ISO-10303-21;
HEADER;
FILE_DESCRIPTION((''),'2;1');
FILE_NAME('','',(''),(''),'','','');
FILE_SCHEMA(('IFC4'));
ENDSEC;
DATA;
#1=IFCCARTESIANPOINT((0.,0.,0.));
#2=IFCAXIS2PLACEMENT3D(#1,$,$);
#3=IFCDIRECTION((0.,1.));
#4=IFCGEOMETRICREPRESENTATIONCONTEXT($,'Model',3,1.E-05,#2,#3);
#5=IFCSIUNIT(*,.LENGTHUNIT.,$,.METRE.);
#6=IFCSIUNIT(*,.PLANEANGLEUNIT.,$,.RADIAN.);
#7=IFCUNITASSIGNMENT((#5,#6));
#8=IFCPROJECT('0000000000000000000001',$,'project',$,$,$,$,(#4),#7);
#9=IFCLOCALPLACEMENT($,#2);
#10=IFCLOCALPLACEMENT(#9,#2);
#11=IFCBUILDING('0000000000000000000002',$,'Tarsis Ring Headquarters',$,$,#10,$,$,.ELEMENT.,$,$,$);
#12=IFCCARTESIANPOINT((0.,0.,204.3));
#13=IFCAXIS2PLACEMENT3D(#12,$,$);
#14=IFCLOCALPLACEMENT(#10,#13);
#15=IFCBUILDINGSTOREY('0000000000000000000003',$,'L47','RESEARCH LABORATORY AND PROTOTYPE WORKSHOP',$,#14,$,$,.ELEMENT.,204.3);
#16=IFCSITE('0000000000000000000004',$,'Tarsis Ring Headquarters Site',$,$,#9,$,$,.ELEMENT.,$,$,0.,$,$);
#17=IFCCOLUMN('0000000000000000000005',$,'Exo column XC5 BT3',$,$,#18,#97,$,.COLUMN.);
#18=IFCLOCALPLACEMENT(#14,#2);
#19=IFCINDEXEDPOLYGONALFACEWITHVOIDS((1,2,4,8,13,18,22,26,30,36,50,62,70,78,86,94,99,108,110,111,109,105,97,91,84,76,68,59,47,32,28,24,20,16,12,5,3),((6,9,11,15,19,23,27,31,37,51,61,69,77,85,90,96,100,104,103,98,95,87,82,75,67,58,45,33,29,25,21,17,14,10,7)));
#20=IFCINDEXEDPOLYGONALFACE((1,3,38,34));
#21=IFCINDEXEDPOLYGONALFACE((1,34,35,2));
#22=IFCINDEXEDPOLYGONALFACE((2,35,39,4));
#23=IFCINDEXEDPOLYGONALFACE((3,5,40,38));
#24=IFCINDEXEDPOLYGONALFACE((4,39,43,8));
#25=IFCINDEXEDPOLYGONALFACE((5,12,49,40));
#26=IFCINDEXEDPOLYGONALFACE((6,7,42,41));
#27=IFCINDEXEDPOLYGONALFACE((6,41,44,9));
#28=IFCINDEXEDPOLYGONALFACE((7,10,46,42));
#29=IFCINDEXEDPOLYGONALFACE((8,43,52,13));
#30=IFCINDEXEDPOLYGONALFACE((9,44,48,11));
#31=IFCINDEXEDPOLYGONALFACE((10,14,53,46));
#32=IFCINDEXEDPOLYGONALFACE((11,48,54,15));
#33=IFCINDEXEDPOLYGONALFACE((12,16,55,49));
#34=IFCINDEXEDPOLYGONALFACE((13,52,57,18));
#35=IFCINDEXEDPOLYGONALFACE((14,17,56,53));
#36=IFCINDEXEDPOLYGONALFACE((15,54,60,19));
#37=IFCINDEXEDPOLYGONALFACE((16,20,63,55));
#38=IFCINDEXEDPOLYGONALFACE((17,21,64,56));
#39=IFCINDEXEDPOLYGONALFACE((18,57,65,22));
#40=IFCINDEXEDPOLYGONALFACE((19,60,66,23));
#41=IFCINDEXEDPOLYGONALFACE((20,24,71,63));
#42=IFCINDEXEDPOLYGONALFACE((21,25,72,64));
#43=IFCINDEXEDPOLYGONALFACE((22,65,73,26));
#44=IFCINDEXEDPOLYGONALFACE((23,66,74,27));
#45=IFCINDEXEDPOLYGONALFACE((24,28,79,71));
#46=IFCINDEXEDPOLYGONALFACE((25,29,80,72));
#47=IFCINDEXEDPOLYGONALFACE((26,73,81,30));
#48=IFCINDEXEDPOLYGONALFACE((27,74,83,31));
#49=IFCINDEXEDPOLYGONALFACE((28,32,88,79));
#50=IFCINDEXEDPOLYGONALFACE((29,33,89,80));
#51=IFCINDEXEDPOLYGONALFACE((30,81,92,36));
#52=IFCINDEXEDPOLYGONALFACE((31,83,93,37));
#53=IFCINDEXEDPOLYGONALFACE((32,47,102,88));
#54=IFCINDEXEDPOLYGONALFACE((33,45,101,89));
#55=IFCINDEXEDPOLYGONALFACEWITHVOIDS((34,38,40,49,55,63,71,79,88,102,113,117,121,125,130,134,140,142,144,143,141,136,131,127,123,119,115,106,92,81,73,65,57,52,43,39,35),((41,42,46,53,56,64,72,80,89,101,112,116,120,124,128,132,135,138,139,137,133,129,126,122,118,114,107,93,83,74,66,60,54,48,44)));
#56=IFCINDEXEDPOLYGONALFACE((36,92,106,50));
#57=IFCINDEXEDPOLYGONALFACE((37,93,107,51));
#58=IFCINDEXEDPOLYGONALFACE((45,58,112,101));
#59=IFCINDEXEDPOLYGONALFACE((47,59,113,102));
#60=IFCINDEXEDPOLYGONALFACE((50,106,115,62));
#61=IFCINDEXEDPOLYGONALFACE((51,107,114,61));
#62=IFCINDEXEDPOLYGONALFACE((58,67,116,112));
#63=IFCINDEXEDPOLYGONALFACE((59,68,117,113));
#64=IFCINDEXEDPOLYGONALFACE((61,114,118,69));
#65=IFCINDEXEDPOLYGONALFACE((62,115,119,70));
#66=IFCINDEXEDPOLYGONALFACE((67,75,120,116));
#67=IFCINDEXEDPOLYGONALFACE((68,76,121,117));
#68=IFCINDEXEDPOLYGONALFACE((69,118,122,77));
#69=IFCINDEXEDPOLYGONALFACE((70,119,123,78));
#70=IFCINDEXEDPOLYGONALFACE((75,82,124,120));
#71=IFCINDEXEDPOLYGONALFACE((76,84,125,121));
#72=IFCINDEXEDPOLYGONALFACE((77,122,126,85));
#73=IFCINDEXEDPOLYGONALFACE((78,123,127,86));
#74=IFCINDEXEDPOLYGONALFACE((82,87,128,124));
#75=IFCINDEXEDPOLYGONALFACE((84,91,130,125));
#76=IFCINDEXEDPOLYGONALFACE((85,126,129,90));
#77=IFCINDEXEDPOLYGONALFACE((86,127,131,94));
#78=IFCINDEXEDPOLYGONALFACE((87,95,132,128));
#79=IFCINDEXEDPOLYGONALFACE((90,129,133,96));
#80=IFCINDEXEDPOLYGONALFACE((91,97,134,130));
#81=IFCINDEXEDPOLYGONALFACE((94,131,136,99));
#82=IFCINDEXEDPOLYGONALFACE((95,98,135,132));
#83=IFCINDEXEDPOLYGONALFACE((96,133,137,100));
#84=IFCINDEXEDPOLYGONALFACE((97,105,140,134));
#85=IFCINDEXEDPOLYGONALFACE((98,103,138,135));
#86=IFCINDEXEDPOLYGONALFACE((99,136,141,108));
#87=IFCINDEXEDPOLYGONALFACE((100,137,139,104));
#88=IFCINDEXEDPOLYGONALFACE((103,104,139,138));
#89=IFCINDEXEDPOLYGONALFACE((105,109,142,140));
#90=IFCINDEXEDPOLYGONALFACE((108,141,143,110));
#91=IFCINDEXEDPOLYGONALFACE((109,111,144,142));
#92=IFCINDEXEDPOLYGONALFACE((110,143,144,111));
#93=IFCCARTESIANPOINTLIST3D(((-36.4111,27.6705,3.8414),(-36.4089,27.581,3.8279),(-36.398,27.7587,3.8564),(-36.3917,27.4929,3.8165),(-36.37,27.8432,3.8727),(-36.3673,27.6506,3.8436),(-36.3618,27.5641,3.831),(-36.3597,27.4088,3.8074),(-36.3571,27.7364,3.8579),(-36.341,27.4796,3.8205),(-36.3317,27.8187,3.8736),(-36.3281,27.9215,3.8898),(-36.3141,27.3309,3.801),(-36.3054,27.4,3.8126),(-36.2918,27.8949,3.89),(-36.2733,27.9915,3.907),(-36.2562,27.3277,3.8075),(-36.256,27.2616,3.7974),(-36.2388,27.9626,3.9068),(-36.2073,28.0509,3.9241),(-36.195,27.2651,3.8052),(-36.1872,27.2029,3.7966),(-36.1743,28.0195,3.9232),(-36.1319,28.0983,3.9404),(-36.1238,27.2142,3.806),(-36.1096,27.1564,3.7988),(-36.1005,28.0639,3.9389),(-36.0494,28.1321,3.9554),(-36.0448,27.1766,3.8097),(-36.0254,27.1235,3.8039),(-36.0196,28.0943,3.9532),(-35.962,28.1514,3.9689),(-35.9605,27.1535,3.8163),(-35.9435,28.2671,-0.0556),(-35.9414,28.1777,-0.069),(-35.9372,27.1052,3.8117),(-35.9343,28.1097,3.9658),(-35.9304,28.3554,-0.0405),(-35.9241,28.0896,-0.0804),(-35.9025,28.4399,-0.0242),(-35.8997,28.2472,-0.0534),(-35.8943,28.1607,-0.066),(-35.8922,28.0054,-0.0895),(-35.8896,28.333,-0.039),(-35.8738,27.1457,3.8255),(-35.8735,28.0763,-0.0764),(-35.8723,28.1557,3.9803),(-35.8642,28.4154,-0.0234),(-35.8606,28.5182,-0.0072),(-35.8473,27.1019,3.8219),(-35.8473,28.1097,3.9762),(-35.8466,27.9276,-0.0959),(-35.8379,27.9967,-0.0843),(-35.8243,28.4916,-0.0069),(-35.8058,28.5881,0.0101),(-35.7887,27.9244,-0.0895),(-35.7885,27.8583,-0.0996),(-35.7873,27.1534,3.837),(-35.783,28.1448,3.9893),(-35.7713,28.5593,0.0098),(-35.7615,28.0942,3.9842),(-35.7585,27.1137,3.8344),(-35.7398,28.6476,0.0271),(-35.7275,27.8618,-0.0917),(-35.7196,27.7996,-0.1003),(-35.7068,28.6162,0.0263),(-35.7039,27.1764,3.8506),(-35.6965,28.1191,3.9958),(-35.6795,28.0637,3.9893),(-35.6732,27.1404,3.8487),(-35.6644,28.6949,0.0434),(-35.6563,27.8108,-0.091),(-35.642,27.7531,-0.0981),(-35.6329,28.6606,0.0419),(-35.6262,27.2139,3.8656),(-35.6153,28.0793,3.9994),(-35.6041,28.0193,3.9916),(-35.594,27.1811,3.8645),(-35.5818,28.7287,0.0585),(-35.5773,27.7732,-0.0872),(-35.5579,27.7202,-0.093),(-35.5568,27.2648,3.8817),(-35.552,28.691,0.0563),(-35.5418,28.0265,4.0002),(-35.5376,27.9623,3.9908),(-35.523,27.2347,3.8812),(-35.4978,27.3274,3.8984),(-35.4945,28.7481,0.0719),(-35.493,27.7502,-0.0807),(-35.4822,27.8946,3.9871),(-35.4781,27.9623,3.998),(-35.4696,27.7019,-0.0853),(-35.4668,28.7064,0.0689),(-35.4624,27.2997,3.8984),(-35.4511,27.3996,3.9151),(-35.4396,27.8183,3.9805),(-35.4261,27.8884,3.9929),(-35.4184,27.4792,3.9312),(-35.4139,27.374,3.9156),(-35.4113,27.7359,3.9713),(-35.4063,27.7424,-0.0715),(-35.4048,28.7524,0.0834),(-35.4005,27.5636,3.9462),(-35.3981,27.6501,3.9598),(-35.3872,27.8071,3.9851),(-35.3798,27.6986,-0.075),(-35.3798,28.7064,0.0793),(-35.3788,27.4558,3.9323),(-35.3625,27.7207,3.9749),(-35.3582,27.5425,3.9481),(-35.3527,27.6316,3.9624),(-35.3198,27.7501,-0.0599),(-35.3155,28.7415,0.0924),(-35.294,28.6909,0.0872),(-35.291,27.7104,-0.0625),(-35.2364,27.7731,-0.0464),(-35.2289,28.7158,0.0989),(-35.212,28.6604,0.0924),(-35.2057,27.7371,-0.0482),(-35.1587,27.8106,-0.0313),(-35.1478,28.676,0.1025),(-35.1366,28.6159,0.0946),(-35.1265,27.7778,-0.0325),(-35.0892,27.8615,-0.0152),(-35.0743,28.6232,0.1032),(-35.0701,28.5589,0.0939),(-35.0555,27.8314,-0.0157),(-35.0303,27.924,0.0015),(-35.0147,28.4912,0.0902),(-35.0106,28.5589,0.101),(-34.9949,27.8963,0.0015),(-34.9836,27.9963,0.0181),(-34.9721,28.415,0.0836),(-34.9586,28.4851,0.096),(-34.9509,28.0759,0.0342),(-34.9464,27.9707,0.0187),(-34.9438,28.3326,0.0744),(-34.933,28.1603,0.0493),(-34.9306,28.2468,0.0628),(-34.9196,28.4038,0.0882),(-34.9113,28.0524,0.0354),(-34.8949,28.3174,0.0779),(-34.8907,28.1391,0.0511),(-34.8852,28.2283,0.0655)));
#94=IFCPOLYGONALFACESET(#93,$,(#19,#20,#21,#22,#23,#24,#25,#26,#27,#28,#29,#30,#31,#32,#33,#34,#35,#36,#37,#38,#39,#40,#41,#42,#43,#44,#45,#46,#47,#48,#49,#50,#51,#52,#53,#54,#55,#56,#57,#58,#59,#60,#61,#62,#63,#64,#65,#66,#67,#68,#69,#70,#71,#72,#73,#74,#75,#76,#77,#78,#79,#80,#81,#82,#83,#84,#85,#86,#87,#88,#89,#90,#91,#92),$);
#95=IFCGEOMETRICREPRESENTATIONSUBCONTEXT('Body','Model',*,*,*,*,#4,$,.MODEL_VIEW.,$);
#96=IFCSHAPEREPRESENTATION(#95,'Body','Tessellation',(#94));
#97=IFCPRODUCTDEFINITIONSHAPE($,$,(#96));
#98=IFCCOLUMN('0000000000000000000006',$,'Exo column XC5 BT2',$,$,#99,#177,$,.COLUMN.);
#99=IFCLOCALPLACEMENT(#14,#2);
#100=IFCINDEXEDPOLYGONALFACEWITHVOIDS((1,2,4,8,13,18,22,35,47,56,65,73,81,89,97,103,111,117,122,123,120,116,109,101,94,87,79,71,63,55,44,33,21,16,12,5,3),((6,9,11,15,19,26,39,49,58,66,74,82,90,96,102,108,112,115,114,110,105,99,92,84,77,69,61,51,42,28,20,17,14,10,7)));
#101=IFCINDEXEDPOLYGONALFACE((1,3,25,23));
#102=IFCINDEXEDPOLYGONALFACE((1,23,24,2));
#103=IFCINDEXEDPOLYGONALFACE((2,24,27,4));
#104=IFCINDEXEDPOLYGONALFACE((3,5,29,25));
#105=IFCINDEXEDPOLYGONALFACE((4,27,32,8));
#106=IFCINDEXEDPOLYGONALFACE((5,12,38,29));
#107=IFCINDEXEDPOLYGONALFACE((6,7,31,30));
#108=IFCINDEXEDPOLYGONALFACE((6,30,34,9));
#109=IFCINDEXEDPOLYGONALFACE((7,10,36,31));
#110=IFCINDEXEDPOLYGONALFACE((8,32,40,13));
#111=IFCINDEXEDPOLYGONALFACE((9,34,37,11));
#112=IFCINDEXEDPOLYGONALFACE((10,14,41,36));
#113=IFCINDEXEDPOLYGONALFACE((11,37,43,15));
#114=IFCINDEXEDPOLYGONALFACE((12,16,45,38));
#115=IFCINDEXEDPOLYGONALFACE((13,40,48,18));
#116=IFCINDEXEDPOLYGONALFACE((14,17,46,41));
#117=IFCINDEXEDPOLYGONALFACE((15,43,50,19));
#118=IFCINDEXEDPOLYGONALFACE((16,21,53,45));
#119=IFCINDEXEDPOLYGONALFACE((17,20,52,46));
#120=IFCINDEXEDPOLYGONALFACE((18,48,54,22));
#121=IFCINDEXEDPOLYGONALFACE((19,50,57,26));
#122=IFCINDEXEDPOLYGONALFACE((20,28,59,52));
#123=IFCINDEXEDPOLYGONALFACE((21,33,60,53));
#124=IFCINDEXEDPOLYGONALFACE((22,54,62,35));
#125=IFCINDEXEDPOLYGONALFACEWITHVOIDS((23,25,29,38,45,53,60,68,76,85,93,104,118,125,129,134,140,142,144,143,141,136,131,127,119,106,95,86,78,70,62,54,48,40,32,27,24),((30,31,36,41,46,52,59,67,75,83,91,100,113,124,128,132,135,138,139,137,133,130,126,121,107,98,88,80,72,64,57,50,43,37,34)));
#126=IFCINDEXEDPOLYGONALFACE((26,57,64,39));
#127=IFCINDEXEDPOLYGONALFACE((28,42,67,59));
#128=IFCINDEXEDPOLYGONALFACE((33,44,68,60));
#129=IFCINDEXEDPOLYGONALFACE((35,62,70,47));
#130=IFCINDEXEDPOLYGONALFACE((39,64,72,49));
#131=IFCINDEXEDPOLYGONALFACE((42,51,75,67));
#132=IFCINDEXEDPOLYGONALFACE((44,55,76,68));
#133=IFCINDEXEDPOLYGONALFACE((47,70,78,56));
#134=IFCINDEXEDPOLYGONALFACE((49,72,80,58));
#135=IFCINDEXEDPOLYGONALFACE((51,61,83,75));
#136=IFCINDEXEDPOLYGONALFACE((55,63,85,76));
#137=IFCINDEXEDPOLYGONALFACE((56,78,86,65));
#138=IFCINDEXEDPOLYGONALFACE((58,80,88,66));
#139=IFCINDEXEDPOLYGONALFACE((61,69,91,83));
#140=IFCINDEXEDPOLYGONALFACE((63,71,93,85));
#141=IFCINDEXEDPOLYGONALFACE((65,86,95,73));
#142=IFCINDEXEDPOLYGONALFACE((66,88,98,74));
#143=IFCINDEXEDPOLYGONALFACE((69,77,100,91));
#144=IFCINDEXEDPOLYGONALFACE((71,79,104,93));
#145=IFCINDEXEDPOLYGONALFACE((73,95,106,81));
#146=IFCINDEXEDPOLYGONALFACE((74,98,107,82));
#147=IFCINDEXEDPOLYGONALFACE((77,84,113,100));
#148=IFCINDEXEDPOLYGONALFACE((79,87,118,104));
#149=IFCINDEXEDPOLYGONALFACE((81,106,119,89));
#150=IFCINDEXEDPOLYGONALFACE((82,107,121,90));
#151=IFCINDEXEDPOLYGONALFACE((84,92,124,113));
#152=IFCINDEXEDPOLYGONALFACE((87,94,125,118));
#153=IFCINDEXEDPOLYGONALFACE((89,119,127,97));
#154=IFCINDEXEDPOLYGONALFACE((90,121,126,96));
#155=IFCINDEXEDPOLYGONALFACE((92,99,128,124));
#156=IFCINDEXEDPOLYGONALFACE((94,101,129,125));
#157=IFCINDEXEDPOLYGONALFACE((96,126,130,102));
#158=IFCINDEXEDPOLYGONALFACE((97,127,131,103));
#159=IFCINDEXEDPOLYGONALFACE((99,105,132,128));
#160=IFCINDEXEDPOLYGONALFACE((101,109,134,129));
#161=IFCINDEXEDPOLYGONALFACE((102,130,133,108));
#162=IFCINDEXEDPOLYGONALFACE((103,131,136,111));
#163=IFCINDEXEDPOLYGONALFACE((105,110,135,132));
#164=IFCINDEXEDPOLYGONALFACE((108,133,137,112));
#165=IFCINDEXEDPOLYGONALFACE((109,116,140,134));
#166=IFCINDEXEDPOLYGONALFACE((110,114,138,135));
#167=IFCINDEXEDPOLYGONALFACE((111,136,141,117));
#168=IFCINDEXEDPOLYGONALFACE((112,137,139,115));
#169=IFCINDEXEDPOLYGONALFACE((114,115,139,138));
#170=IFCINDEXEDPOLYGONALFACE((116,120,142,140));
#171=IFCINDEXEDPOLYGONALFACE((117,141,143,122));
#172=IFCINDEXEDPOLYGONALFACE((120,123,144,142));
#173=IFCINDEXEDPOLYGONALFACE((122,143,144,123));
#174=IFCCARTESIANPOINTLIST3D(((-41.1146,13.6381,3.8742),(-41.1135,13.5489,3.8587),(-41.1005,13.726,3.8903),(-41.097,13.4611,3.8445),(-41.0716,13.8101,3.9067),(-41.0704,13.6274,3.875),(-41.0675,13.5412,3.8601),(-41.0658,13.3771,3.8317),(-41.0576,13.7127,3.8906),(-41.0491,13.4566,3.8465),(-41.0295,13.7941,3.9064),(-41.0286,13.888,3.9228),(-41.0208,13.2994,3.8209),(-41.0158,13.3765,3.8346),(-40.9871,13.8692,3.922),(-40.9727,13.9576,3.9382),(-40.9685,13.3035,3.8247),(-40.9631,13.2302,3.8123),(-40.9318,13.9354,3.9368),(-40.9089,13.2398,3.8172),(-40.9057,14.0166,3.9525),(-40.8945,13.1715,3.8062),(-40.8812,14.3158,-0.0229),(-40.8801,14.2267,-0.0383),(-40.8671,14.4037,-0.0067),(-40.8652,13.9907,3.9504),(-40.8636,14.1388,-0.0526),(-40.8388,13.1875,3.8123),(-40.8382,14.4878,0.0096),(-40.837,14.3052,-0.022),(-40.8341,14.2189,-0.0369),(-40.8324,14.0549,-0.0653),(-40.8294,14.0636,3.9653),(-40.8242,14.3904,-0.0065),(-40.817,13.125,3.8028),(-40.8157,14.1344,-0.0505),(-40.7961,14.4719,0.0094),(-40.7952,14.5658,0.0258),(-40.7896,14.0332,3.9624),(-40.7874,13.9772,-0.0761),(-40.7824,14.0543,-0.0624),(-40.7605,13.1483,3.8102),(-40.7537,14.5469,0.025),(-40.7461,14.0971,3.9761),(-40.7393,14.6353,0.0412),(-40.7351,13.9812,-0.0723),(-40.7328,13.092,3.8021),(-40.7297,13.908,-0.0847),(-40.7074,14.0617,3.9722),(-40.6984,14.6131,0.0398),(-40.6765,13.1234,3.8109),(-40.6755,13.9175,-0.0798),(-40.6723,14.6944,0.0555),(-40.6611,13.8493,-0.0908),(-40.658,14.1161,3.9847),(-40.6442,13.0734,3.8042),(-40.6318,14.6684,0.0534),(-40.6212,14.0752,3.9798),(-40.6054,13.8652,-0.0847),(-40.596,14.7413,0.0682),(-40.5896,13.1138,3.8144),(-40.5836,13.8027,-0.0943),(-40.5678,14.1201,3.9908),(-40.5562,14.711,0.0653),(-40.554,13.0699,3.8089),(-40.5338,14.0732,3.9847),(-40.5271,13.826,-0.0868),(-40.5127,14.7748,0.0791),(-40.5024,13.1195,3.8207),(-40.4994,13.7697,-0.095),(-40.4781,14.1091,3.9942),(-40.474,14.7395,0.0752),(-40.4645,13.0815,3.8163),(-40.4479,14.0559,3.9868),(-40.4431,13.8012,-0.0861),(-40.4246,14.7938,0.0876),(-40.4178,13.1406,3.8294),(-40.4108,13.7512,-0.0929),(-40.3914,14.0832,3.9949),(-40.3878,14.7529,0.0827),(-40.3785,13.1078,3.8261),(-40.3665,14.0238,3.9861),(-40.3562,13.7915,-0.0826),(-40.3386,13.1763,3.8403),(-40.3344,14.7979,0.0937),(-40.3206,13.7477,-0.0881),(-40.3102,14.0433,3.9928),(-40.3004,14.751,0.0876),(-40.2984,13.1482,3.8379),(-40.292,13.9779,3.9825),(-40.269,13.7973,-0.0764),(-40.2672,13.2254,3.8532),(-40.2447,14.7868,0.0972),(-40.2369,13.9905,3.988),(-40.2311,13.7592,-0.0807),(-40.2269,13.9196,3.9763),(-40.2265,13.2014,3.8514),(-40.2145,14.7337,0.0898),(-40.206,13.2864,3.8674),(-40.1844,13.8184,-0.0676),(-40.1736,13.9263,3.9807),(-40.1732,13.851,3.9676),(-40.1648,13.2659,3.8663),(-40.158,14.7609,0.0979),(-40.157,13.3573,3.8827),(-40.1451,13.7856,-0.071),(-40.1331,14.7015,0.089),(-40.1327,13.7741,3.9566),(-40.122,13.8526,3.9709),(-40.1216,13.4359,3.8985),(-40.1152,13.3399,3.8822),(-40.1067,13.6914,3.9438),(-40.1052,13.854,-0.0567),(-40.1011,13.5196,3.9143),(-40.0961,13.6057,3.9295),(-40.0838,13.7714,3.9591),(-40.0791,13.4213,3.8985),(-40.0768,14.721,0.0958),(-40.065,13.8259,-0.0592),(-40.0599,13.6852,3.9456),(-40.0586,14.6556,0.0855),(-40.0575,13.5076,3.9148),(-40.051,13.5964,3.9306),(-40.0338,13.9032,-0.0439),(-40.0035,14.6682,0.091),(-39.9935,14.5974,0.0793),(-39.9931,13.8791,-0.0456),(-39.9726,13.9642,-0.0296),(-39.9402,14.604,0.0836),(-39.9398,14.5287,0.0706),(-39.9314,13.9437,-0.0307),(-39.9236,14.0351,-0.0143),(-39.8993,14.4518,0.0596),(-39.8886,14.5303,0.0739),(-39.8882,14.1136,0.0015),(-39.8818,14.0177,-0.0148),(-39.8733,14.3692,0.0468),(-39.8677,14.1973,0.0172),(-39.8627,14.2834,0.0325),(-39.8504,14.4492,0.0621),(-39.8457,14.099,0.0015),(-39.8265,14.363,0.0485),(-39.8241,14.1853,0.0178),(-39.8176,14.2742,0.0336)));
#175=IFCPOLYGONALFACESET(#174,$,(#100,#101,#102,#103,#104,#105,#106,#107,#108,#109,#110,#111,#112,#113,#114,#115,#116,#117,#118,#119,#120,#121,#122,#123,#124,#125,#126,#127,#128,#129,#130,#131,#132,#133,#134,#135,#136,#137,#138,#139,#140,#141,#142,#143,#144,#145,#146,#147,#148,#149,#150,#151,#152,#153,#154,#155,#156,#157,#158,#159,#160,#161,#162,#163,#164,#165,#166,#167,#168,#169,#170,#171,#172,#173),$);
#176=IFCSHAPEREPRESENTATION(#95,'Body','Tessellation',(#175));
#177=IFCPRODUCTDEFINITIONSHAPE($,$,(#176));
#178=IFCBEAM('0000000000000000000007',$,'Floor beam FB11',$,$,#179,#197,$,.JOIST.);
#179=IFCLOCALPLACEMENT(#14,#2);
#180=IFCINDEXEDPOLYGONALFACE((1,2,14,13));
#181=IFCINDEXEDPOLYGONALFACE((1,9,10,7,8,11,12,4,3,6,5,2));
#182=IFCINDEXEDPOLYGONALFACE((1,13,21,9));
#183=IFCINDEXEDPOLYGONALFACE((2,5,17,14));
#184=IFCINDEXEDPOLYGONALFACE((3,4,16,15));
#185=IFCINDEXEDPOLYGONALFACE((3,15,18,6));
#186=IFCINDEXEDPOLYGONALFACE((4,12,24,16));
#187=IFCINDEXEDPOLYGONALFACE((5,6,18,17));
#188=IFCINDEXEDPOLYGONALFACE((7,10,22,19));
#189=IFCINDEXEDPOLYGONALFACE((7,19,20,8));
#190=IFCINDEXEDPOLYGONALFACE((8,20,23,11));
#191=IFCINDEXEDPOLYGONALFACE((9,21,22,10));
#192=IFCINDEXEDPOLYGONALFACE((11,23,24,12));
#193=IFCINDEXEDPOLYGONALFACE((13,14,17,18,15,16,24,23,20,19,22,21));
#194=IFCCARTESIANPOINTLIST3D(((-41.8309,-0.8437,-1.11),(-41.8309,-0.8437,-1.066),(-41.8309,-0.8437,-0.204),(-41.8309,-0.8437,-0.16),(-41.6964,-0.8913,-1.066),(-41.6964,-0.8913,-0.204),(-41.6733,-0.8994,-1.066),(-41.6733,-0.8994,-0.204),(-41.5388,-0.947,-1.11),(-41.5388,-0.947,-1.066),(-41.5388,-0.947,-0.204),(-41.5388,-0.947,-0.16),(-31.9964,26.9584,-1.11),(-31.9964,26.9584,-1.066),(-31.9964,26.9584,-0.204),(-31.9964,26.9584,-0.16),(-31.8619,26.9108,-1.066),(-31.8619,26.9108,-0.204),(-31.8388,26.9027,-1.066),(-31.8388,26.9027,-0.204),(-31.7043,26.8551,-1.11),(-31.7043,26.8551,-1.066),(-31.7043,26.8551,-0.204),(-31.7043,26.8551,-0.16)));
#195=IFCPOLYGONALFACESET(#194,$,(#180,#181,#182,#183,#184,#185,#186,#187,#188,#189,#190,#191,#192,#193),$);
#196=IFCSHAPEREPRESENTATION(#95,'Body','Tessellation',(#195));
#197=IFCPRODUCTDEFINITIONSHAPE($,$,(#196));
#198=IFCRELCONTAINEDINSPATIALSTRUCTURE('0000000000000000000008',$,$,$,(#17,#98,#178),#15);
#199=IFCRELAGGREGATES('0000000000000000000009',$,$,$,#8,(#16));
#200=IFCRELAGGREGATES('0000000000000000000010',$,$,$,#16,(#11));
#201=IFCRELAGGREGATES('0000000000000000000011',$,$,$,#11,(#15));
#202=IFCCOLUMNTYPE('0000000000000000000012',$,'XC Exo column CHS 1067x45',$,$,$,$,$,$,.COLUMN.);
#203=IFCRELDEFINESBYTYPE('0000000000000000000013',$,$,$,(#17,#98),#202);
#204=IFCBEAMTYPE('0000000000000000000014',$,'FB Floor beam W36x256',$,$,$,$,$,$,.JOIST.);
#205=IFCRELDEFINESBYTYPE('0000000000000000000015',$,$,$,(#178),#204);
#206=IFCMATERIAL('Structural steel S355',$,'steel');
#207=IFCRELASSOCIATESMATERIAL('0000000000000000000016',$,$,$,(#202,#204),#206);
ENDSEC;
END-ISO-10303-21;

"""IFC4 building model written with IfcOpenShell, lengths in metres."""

from ifc_helpers import new_model, si_unit, direction, frame, origin, origin_2d, place, context, subcontext, project, spatial, hollow_circle, i_section, extrude, material, material_profile, profile_set, type_object, element, save


model = new_model("IFC4")

# Units and contexts
model_context = context("Model", 3, precision=1e-05, world=origin(), true_north=direction((0.0, 1.0)))
body_context = subcontext(model_context, "Body", "Model", "MODEL_VIEW")
ifc_project = project(units=[si_unit("LENGTHUNIT", "METRE"), si_unit("PLANEANGLEUNIT", "RADIAN")], contexts=[model_context])

# Site, building, storey
site_placement = place(None, origin())
site = spatial("IfcSite", under=ifc_project, at=site_placement, Name="Tarsis Ring Headquarters Site", CompositionType="ELEMENT", RefElevation=0.0)
building_placement = place(site_placement, origin())
building = spatial("IfcBuilding", under=site, at=building_placement, Name="Tarsis Ring Headquarters", CompositionType="ELEMENT")
storey_placement = place(building_placement, frame((0.0, 0.0, 204.3)))
storey = spatial("IfcBuildingStorey", under=building, at=storey_placement, Name="L47", Description="RESEARCH LABORATORY AND PROTOTYPE WORKSHOP", CompositionType="ELEMENT", Elevation=204.3)

# Columns
ifc_material_1 = material(Name="Structural steel S355", Category="steel")
ifc_material_profile_1 = material_profile(ifc_material_1, hollow_circle(Radius=0.5334, WallThickness=0.0449, at=origin_2d()), Name="CHS 1067x45")
ifc_profile_set_1 = profile_set([ifc_material_profile_1], Name="Structural steel S355")
column_type = type_object("IfcColumnType", Name="XC Exo column CHS 1067x45", PredefinedType="COLUMN", material=ifc_profile_set_1)
column_1_placement = place(storey_placement, frame((-35.4148, 28.2253, 0.0015), z_axis=(-0.117765, -0.150297, 0.981602), x_axis=(0.787145, -0.616768, 0.0)))
element("IfcColumn", 1, at=column_1_placement, inside=storey, type_object=column_type, Name="Exo column XC5 BT3", PredefinedType="COLUMN", context=body_context, shape_type="SweptSolid", body=[
    extrude(hollow_circle(Radius=0.5334, WallThickness=0.0449, at=origin_2d()), origin(), (0.0, 0.0, 1.0), 3.97),
])
column_2_placement = place(storey_placement, frame((-40.3501, 14.2727, 0.0015), z_axis=(-0.058904, -0.171044, 0.983501), x_axis=(0.945503, -0.325613, 0.0)))
element("IfcColumn", 2, at=column_2_placement, inside=storey, type_object=column_type, Name="Exo column XC5 BT2", PredefinedType="COLUMN", context=body_context, shape_type="SweptSolid", body=[
    extrude(hollow_circle(Radius=0.5334, WallThickness=0.0449, at=origin_2d()), origin(), (0.0, 0.0, 1.0), 3.9624),
])

# Beam
ifc_material_profile_2 = material_profile(ifc_material_1, i_section(OverallWidth=0.3098, OverallDepth=0.95, WebThickness=0.0244, FlangeThickness=0.0439, at=origin_2d()), Name="W36x256")
ifc_profile_set_2 = profile_set([ifc_material_profile_2], Name="Structural steel S355")
beam_type_1 = type_object("IfcBeamType", Name="FB Floor beam W36x256", PredefinedType="JOIST", material=ifc_profile_set_2)
beam_1_placement = place(storey_placement, frame((-31.8503, 26.9067, -0.635), z_axis=(-0.333483, -0.942756, 0.0), x_axis=(0.942756, -0.333483, 0.0)))
element("IfcBeam", 3, at=beam_1_placement, inside=storey, type_object=beam_type_1, Name="Floor beam FB11", PredefinedType="JOIST", context=body_context, shape_type="SweptSolid", body=[
    extrude(i_section(OverallWidth=0.3098, OverallDepth=0.95, WebThickness=0.0244, FlangeThickness=0.0439, at=origin_2d()), origin(), (0.0, 0.0, 1.0), 29.4902),
])

save(model, "model.ifc")
